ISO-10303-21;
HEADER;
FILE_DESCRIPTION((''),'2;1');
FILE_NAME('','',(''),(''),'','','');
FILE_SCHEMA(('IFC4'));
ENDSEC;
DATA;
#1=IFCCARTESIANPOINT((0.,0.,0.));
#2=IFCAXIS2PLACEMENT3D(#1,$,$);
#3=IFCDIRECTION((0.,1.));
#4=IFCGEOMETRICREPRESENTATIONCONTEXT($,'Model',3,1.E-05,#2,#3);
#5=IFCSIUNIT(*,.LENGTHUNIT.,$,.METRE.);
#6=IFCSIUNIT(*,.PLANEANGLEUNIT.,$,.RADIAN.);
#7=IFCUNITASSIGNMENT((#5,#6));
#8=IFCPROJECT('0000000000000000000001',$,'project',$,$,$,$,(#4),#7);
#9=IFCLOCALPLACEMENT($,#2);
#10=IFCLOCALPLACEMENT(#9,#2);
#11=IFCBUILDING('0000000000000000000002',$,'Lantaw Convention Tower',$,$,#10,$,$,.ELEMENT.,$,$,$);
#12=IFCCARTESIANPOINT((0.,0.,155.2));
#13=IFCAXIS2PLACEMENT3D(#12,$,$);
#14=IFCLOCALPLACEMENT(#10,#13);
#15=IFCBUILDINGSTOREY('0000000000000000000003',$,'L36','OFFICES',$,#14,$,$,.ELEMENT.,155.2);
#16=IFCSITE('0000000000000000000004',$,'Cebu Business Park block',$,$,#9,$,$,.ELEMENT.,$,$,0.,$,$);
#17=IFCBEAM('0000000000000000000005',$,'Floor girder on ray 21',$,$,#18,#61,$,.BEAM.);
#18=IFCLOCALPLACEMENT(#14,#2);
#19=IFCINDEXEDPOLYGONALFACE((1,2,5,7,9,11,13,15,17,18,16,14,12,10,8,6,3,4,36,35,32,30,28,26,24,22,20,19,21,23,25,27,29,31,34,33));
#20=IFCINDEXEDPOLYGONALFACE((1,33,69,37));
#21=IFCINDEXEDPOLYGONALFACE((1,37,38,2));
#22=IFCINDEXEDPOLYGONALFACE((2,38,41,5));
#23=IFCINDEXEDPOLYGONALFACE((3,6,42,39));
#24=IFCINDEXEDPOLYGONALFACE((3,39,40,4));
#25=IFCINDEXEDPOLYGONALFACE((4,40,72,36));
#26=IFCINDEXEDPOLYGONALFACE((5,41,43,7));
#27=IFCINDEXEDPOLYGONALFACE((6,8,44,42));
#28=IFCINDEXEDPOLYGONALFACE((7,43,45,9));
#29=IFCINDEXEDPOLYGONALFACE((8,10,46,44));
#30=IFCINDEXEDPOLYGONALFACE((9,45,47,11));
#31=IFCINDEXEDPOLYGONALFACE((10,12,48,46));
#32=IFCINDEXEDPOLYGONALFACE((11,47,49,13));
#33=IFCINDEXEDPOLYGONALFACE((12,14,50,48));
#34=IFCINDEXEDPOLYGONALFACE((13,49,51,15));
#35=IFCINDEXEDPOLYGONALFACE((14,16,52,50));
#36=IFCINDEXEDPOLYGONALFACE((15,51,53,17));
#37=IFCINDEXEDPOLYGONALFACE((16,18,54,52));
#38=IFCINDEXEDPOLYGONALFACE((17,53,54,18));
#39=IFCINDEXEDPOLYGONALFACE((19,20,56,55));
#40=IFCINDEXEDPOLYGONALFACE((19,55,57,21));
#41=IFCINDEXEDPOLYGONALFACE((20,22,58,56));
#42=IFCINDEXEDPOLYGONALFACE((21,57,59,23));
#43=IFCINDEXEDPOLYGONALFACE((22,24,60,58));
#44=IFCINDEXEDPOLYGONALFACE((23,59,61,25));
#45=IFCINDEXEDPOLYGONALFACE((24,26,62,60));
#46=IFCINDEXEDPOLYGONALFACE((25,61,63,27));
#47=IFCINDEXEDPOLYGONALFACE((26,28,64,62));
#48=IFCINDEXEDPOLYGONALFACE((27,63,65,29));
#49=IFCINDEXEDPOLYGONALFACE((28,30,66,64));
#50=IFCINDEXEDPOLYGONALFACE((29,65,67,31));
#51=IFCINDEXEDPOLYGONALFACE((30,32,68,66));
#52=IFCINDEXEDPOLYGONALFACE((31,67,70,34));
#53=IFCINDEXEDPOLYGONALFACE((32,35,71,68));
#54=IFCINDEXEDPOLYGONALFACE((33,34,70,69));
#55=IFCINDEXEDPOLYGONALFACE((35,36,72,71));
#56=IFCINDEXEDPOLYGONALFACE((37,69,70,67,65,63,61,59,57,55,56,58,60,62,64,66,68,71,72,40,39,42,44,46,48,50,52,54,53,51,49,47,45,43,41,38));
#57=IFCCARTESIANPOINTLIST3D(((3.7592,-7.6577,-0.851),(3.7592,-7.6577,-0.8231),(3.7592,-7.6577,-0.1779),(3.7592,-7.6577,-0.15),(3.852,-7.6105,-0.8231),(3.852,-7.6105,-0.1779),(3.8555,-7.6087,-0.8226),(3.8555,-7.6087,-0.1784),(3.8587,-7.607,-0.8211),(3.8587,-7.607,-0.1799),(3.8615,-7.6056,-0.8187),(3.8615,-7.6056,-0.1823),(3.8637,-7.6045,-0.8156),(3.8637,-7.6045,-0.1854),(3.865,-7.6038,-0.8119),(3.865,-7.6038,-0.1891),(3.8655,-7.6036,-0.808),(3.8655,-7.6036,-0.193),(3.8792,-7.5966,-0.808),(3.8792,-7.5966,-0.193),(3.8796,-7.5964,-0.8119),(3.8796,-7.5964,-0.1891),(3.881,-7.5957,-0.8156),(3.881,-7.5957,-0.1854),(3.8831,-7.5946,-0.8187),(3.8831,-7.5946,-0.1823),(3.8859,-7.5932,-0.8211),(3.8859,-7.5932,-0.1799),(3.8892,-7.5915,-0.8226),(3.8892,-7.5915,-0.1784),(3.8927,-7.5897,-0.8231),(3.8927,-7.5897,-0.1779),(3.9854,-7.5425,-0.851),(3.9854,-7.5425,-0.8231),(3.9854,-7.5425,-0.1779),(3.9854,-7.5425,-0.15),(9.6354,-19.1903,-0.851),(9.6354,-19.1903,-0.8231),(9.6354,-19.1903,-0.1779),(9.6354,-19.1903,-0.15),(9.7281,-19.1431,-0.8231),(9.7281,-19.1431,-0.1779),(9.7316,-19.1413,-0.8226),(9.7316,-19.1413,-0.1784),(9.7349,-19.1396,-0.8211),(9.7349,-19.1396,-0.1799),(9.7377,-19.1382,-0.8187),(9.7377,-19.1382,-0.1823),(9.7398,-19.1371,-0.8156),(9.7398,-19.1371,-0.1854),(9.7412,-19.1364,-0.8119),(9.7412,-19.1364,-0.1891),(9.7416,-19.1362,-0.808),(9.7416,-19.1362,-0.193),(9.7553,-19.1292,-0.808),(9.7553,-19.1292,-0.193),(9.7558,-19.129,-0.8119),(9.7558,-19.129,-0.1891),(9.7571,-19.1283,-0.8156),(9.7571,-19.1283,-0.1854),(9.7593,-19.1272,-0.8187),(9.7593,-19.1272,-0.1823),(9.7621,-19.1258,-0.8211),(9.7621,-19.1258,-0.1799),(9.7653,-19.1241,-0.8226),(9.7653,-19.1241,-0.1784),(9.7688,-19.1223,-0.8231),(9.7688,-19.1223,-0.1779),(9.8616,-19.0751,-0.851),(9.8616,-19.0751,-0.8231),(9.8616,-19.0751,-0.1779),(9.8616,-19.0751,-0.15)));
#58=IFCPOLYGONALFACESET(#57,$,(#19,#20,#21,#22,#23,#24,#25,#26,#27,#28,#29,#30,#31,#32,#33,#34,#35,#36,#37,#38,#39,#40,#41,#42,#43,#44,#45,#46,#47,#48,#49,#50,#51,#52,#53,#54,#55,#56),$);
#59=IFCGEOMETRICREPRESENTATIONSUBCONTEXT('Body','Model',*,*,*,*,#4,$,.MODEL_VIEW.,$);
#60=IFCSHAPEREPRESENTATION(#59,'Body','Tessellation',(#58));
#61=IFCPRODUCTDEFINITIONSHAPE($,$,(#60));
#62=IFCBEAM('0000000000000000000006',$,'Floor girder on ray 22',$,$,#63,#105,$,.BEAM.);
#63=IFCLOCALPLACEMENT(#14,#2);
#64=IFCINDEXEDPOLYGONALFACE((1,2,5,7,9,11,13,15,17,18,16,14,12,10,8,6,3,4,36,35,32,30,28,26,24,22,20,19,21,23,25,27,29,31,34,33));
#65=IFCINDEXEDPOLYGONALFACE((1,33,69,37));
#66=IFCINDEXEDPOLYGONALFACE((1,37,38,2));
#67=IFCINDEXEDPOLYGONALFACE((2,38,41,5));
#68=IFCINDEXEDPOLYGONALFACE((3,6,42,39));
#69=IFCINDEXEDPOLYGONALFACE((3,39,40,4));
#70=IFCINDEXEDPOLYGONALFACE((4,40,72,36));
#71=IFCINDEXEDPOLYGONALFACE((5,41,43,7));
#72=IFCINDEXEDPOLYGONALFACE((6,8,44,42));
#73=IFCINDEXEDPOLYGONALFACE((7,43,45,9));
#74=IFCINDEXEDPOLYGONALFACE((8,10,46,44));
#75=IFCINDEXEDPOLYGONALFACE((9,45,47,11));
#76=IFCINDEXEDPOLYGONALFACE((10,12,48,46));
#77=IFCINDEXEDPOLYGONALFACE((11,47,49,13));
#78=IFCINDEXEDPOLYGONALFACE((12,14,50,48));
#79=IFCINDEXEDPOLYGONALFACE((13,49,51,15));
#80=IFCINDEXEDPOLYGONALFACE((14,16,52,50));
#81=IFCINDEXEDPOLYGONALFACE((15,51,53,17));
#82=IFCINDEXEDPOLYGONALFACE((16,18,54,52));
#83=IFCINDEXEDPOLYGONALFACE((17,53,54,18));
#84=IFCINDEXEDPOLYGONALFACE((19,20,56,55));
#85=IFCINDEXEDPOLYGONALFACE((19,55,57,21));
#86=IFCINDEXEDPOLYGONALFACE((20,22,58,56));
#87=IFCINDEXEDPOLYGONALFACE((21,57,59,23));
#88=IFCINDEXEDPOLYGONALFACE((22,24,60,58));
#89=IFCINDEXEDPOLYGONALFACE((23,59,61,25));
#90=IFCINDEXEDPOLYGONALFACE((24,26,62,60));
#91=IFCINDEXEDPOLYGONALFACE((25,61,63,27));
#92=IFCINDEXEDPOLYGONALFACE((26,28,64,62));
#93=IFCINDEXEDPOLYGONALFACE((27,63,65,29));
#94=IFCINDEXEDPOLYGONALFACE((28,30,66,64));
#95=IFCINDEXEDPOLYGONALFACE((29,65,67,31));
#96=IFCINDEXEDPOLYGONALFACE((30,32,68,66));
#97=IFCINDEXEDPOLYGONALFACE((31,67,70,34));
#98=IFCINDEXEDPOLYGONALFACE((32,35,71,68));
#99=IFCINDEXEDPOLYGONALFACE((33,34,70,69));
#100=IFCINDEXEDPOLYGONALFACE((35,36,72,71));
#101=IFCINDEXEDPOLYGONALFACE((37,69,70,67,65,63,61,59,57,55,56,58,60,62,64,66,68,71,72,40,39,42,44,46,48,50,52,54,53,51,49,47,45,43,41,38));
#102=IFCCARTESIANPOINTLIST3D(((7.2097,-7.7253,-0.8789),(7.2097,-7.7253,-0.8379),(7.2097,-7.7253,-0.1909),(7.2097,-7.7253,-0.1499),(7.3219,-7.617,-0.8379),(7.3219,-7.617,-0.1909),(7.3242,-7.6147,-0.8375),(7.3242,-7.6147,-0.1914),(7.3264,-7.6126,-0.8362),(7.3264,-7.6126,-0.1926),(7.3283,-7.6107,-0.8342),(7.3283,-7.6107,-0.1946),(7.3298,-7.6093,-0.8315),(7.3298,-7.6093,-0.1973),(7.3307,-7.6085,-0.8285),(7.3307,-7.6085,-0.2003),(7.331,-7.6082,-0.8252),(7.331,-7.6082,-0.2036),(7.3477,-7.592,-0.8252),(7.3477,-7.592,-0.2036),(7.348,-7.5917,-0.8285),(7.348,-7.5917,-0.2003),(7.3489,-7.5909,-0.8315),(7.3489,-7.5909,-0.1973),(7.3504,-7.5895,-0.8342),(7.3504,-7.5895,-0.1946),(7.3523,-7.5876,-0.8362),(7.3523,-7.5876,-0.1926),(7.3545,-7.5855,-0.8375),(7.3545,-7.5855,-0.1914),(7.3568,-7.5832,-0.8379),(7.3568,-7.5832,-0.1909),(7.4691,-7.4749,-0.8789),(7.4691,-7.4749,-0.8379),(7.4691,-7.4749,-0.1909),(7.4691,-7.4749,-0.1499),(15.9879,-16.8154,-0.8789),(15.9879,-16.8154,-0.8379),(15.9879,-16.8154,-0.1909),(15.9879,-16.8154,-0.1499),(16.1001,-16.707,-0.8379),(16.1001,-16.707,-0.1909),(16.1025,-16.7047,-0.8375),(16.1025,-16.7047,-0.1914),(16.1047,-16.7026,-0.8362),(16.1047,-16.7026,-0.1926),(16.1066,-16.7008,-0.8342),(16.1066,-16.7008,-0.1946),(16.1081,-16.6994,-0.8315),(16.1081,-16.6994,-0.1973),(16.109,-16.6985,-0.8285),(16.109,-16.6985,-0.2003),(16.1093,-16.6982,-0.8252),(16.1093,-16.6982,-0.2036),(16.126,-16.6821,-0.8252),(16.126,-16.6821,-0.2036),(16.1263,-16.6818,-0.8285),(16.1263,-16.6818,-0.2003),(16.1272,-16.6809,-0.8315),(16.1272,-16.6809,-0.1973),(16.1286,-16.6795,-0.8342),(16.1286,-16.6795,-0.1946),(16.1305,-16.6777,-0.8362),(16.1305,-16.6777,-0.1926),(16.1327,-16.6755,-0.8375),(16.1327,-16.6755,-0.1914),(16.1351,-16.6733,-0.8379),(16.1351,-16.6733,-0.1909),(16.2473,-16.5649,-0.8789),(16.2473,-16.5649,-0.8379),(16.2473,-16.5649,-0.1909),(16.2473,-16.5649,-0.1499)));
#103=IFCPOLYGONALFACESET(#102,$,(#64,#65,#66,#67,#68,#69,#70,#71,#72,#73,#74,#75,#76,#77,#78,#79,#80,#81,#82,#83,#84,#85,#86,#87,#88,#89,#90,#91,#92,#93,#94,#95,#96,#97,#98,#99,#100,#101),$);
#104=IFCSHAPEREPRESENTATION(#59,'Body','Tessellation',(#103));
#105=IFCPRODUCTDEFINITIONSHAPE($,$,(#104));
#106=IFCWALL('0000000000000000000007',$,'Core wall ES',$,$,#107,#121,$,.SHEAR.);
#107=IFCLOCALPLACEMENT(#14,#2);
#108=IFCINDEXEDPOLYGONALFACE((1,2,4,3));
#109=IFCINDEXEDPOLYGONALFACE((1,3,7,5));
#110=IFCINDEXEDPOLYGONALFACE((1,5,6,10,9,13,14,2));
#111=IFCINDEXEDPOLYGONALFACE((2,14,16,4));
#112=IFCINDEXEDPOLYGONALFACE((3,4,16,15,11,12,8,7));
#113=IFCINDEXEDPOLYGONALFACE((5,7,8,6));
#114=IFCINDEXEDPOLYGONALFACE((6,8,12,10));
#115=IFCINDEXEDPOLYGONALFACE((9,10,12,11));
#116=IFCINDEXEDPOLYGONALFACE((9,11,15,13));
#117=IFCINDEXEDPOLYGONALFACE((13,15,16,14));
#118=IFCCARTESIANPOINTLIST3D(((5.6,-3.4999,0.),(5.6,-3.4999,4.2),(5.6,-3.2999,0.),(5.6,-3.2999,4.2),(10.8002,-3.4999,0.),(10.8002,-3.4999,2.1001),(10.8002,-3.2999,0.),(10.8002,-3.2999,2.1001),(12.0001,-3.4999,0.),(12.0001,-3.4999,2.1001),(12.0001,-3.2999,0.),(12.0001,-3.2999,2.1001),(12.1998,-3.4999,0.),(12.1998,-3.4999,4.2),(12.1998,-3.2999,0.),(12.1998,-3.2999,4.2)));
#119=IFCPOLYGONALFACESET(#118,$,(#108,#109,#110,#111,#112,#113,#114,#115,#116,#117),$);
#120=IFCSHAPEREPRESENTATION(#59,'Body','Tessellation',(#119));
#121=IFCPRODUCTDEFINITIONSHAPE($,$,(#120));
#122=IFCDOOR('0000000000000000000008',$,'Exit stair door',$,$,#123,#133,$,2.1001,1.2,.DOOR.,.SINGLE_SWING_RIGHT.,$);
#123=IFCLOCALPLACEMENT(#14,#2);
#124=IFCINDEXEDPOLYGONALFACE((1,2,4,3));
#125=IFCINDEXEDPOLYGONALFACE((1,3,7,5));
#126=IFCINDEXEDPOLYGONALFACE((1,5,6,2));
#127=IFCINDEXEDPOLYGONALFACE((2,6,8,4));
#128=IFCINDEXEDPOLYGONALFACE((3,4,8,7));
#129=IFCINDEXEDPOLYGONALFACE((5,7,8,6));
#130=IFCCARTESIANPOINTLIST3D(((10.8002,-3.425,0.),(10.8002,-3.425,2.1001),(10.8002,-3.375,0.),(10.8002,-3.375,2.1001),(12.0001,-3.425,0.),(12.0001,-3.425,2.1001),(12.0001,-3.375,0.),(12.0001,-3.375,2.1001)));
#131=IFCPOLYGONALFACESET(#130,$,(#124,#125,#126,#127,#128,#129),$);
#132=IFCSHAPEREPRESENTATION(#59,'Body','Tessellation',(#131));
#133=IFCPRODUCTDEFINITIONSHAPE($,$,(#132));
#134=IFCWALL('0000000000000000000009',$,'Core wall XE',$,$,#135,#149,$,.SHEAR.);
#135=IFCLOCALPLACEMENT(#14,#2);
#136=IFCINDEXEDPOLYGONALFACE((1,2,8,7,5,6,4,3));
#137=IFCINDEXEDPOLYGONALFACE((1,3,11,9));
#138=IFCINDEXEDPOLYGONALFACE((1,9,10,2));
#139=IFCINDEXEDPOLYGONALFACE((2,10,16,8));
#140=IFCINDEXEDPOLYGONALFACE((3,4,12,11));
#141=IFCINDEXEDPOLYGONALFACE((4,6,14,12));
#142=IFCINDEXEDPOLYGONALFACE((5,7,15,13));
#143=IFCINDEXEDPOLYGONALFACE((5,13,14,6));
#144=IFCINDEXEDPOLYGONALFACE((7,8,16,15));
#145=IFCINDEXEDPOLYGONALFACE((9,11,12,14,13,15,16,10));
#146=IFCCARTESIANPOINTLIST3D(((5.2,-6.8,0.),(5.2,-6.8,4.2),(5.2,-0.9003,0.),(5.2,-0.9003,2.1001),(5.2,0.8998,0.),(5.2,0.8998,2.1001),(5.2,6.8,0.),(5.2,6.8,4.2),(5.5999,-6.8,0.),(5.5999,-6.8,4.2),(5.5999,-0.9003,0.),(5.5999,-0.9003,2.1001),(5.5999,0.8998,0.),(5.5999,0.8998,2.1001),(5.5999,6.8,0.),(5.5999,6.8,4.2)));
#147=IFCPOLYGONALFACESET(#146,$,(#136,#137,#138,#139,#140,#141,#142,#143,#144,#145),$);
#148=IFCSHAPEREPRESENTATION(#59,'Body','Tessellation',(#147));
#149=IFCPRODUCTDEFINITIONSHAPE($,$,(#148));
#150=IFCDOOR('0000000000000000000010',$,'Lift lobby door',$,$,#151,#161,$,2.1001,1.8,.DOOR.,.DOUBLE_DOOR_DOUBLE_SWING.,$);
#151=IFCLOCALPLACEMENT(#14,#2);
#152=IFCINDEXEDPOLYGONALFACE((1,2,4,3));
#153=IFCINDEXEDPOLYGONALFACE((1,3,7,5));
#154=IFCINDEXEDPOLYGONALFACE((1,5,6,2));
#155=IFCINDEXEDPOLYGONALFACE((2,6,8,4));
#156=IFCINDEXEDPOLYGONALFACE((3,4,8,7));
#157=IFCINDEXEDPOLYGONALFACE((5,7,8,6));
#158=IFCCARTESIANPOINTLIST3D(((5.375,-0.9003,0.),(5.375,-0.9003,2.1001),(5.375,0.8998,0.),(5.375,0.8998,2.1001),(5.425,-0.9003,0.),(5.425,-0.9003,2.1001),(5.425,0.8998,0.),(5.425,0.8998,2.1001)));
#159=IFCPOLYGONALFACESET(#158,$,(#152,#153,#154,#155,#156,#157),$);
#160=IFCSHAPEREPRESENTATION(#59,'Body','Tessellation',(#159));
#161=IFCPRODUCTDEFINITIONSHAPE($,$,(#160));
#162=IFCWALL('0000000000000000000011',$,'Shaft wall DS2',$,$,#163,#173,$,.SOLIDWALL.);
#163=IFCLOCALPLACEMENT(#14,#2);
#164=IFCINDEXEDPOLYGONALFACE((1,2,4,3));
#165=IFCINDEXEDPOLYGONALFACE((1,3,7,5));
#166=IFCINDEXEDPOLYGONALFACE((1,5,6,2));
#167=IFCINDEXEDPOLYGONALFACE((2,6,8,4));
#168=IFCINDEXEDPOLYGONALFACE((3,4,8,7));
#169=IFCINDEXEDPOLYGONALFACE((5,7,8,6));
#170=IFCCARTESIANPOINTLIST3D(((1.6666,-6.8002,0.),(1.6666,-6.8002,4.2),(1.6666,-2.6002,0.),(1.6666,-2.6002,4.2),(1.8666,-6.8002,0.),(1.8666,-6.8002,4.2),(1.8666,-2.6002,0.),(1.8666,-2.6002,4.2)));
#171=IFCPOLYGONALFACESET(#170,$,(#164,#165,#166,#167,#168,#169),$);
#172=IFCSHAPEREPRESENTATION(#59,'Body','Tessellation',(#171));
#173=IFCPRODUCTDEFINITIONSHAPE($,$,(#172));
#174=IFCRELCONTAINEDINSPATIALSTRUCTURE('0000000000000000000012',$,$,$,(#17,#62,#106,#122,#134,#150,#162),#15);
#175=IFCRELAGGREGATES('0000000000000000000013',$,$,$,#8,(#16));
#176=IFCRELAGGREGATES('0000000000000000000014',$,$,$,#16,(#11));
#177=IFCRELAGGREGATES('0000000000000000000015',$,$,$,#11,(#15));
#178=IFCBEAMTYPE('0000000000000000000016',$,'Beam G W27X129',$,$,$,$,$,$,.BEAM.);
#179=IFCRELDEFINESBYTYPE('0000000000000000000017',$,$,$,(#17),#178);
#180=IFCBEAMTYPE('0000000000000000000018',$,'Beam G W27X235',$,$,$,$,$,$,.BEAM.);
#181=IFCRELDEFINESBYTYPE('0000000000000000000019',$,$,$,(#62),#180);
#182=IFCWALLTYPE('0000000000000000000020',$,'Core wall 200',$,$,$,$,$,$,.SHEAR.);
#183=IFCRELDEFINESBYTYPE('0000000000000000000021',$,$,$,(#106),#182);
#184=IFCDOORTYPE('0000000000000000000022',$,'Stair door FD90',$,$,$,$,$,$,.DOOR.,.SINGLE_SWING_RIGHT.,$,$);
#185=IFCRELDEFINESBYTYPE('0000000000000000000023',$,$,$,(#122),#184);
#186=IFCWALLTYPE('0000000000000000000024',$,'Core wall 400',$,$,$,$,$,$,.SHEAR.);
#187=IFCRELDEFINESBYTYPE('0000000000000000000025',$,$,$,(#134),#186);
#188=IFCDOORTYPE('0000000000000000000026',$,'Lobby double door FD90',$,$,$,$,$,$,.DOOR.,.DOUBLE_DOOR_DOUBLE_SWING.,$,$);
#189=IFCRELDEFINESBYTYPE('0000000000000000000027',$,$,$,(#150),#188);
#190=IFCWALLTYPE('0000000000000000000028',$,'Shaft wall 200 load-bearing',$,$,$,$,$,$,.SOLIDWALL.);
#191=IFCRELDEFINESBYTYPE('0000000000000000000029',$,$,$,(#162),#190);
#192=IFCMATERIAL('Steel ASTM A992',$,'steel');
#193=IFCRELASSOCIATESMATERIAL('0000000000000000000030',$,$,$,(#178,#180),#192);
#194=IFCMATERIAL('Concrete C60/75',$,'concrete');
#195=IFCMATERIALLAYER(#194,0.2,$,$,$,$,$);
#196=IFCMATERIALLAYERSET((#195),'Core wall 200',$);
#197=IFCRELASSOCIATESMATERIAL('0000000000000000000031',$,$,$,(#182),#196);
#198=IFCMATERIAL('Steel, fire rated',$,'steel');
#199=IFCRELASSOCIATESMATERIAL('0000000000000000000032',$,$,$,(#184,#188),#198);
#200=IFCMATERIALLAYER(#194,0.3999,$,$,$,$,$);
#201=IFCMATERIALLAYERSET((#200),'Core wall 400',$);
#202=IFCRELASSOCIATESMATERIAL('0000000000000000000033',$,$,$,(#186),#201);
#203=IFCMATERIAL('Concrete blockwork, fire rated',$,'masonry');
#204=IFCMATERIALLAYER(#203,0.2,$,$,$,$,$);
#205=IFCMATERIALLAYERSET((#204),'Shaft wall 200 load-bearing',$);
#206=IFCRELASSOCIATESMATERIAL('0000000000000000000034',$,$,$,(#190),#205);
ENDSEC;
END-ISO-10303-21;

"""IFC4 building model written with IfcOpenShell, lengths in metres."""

from ifc_helpers import new_model, si_unit, direction, frame, frame_2d, origin, origin_2d, place, context, subcontext, project, spatial, rectangle, i_section, extrude, material, layer, layer_set, material_profile, profile_set, type_object, element, fill, save


model = new_model("IFC4")

# Units and contexts
model_context = context("Model", 3, precision=1e-05, world=origin(), true_north=direction((0.0, 1.0)))
body_context = subcontext(model_context, "Body", "Model", "MODEL_VIEW")
ifc_project = project(units=[si_unit("LENGTHUNIT", "METRE"), si_unit("PLANEANGLEUNIT", "RADIAN")], contexts=[model_context])

# Site, building, storey
site_placement = place(None, origin())
site = spatial("IfcSite", under=ifc_project, at=site_placement, Name="Cebu Business Park block", CompositionType="ELEMENT", RefElevation=0.0)
building_placement = place(site_placement, origin())
building = spatial("IfcBuilding", under=site, at=building_placement, Name="Lantaw Convention Tower", CompositionType="ELEMENT")
storey_placement = place(building_placement, frame((0.0, 0.0, 155.2)))
storey = spatial("IfcBuildingStorey", under=building, at=storey_placement, Name="L36", Description="OFFICES", CompositionType="ELEMENT", Elevation=155.2)

# Beams
ifc_material_1 = material(Name="Steel ASTM A992", Category="steel")
ifc_material_profile_1 = material_profile(ifc_material_1, i_section(OverallWidth=0.2539, OverallDepth=0.7009, WebThickness=0.0154, FlangeThickness=0.0278, FilletRadius=0.0151, at=origin_2d()), Name="W27X129")
ifc_profile_set_1 = profile_set([ifc_material_profile_1], Name="Steel ASTM A992")
beam_type_1 = type_object("IfcBeamType", Name="Beam G W27X129", PredefinedType="BEAM", material=ifc_profile_set_1)
beam_1_placement = place(storey_placement, frame((3.8723, -7.6001, -0.5005), z_axis=(0.453991, -0.891006, 0.0), x_axis=(0.891006, 0.453991, 0.0)))
element("IfcBeam", 1, at=beam_1_placement, inside=storey, type_object=beam_type_1, Name="Floor girder on ray 21", PredefinedType="BEAM", context=body_context, shape_type="SweptSolid", body=[
    extrude(i_section(OverallWidth=0.2539, OverallDepth=0.7009, WebThickness=0.0154, FlangeThickness=0.0278, FilletRadius=0.0151, at=origin_2d()), origin(), (0.0, 0.0, 1.0), 12.9434),
])
ifc_material_profile_2 = material_profile(ifc_material_1, i_section(OverallWidth=0.3606, OverallDepth=0.729, WebThickness=0.0232, FlangeThickness=0.041, FilletRadius=0.0127, at=origin_2d()), Name="W27X235")
ifc_profile_set_2 = profile_set([ifc_material_profile_2], Name="Steel ASTM A992")
beam_type_2 = type_object("IfcBeamType", Name="Beam G W27X235", PredefinedType="BEAM", material=ifc_profile_set_2)
beam_2_placement = place(storey_placement, frame((7.3394, -7.6001, -0.5144), z_axis=(0.694663, -0.719335, 0.0), x_axis=(0.719335, 0.694663, 0.0)))
element("IfcBeam", 2, at=beam_2_placement, inside=storey, type_object=beam_type_2, Name="Floor girder on ray 22", PredefinedType="BEAM", context=body_context, shape_type="SweptSolid", body=[
    extrude(i_section(OverallWidth=0.3606, OverallDepth=0.729, WebThickness=0.0232, FlangeThickness=0.041, FilletRadius=0.0127, at=origin_2d()), origin(), (0.0, 0.0, 1.0), 12.6367),
])

# Walls, openings, doors
ifc_material_2 = material(Name="Concrete C60/75", Category="concrete")
ifc_layer_1 = layer(ifc_material_2, 0.2)
ifc_layer_set_1 = layer_set([ifc_layer_1], Name="Core wall 200")
wall_type_1 = type_object("IfcWallType", Name="Core wall 200", PredefinedType="SHEAR", material=ifc_layer_set_1)
wall_1_placement = place(storey_placement, frame((5.6001, -3.3999, 0.0), z_axis=(0.0, 0.0, 1.0), x_axis=(1.0, 0.0, 0.0)))
wall_1 = element("IfcWall", 3, at=wall_1_placement, inside=storey, type_object=wall_type_1, Name="Core wall ES", PredefinedType="SHEAR", context=body_context, shape_type="SweptSolid", body=[
    extrude(rectangle(XDim=6.5999, YDim=0.2, at=frame_2d((3.2998, 0.0))), origin(), (0.0, 0.0, 1.0), 4.2),
])
opening_1_placement = place(wall_1_placement, frame((5.2, 0.0, 0.0)))
opening_1 = element("IfcOpeningElement", 4, at=opening_1_placement, cuts=wall_1, PredefinedType="OPENING", context=body_context, shape_type="SweptSolid", body=[
    extrude(rectangle(XDim=1.2, YDim=2.1001, at=frame_2d((0.6001, 1.05))), frame((0.0, 0.1099, 0.0), z_axis=(0.0, -1.0, 0.0), x_axis=(1.0, 0.0, 0.0)), (0.0, 0.0, 1.0), 0.22),
])
ifc_material_3 = material(Name="Steel, fire rated", Category="steel")
door_type_1 = type_object("IfcDoorType", Name="Stair door FD90", OperationType="SINGLE_SWING_RIGHT", PredefinedType="DOOR", material=ifc_material_3)
door_1_placement = place(opening_1_placement, origin())
door_1 = element("IfcDoor", 5, at=door_1_placement, inside=storey, type_object=door_type_1, Name="Exit stair door", OperationType="SINGLE_SWING_RIGHT", OverallHeight=2.1001, OverallWidth=1.2, PredefinedType="DOOR", context=body_context, shape_type="SweptSolid", body=[
    extrude(rectangle(XDim=1.2, YDim=2.1001, at=frame_2d((0.6001, 1.05))), frame((0.0, 0.0249, 0.0), z_axis=(0.0, -1.0, 0.0), x_axis=(1.0, 0.0, 0.0)), (0.0, 0.0, 1.0), 0.05),
])
fill(opening_1, door_1)
ifc_layer_2 = layer(ifc_material_2, 0.3999)
ifc_layer_set_2 = layer_set([ifc_layer_2], Name="Core wall 400")
wall_type_2 = type_object("IfcWallType", Name="Core wall 400", PredefinedType="SHEAR", material=ifc_layer_set_2)
wall_2_placement = place(storey_placement, frame((5.3999, -6.8, 0.0), z_axis=(0.0, 0.0, 1.0), x_axis=(0.0, 1.0, 0.0)))
wall_2 = element("IfcWall", 6, at=wall_2_placement, inside=storey, type_object=wall_type_2, Name="Core wall XE", PredefinedType="SHEAR", context=body_context, shape_type="SweptSolid", body=[
    extrude(rectangle(XDim=13.6001, YDim=0.3999, at=frame_2d((6.8, 0.0))), origin(), (0.0, 0.0, 1.0), 4.2),
])
opening_2_placement = place(wall_2_placement, frame((5.8999, 0.0, 0.0)))
opening_2 = element("IfcOpeningElement", 7, at=opening_2_placement, cuts=wall_2, PredefinedType="OPENING", context=body_context, shape_type="SweptSolid", body=[
    extrude(rectangle(XDim=1.8, YDim=2.1001, at=frame_2d((0.8999, 1.05))), frame((0.0, 0.21, 0.0), z_axis=(0.0, -1.0, 0.0), x_axis=(1.0, 0.0, 0.0)), (0.0, 0.0, 1.0), 0.4199),
])
door_type_2 = type_object("IfcDoorType", Name="Lobby double door FD90", OperationType="DOUBLE_DOOR_DOUBLE_SWING", PredefinedType="DOOR", material=ifc_material_3)
door_2_placement = place(opening_2_placement, origin())
door_2 = element("IfcDoor", 8, at=door_2_placement, inside=storey, type_object=door_type_2, Name="Lift lobby door", OperationType="DOUBLE_DOOR_DOUBLE_SWING", OverallHeight=2.1001, OverallWidth=1.8, PredefinedType="DOOR", context=body_context, shape_type="SweptSolid", body=[
    extrude(rectangle(XDim=1.8, YDim=2.1001, at=frame_2d((0.8999, 1.05))), frame((0.0, 0.0249, 0.0), z_axis=(0.0, -1.0, 0.0), x_axis=(1.0, 0.0, 0.0)), (0.0, 0.0, 1.0), 0.05),
])
fill(opening_2, door_2)

# Wall
ifc_material_4 = material(Name="Concrete blockwork, fire rated", Category="masonry")
ifc_layer_3 = layer(ifc_material_4, 0.2)
ifc_layer_set_3 = layer_set([ifc_layer_3], Name="Shaft wall 200 load-bearing")
wall_type_3 = type_object("IfcWallType", Name="Shaft wall 200 load-bearing", PredefinedType="SOLIDWALL", material=ifc_layer_set_3)
wall_3_placement = place(storey_placement, frame((1.7666, -2.6001, 0.0), z_axis=(0.0, 0.0, 1.0), x_axis=(0.0, -1.0, 0.0)))
element("IfcWall", 9, at=wall_3_placement, inside=storey, type_object=wall_type_3, Name="Shaft wall DS2", PredefinedType="SOLIDWALL", context=body_context, shape_type="SweptSolid", body=[
    extrude(rectangle(XDim=4.2, YDim=0.2, at=frame_2d((2.1001, 0.0))), origin(), (0.0, 0.0, 1.0), 4.2),
])

save(model, "model.ifc")
